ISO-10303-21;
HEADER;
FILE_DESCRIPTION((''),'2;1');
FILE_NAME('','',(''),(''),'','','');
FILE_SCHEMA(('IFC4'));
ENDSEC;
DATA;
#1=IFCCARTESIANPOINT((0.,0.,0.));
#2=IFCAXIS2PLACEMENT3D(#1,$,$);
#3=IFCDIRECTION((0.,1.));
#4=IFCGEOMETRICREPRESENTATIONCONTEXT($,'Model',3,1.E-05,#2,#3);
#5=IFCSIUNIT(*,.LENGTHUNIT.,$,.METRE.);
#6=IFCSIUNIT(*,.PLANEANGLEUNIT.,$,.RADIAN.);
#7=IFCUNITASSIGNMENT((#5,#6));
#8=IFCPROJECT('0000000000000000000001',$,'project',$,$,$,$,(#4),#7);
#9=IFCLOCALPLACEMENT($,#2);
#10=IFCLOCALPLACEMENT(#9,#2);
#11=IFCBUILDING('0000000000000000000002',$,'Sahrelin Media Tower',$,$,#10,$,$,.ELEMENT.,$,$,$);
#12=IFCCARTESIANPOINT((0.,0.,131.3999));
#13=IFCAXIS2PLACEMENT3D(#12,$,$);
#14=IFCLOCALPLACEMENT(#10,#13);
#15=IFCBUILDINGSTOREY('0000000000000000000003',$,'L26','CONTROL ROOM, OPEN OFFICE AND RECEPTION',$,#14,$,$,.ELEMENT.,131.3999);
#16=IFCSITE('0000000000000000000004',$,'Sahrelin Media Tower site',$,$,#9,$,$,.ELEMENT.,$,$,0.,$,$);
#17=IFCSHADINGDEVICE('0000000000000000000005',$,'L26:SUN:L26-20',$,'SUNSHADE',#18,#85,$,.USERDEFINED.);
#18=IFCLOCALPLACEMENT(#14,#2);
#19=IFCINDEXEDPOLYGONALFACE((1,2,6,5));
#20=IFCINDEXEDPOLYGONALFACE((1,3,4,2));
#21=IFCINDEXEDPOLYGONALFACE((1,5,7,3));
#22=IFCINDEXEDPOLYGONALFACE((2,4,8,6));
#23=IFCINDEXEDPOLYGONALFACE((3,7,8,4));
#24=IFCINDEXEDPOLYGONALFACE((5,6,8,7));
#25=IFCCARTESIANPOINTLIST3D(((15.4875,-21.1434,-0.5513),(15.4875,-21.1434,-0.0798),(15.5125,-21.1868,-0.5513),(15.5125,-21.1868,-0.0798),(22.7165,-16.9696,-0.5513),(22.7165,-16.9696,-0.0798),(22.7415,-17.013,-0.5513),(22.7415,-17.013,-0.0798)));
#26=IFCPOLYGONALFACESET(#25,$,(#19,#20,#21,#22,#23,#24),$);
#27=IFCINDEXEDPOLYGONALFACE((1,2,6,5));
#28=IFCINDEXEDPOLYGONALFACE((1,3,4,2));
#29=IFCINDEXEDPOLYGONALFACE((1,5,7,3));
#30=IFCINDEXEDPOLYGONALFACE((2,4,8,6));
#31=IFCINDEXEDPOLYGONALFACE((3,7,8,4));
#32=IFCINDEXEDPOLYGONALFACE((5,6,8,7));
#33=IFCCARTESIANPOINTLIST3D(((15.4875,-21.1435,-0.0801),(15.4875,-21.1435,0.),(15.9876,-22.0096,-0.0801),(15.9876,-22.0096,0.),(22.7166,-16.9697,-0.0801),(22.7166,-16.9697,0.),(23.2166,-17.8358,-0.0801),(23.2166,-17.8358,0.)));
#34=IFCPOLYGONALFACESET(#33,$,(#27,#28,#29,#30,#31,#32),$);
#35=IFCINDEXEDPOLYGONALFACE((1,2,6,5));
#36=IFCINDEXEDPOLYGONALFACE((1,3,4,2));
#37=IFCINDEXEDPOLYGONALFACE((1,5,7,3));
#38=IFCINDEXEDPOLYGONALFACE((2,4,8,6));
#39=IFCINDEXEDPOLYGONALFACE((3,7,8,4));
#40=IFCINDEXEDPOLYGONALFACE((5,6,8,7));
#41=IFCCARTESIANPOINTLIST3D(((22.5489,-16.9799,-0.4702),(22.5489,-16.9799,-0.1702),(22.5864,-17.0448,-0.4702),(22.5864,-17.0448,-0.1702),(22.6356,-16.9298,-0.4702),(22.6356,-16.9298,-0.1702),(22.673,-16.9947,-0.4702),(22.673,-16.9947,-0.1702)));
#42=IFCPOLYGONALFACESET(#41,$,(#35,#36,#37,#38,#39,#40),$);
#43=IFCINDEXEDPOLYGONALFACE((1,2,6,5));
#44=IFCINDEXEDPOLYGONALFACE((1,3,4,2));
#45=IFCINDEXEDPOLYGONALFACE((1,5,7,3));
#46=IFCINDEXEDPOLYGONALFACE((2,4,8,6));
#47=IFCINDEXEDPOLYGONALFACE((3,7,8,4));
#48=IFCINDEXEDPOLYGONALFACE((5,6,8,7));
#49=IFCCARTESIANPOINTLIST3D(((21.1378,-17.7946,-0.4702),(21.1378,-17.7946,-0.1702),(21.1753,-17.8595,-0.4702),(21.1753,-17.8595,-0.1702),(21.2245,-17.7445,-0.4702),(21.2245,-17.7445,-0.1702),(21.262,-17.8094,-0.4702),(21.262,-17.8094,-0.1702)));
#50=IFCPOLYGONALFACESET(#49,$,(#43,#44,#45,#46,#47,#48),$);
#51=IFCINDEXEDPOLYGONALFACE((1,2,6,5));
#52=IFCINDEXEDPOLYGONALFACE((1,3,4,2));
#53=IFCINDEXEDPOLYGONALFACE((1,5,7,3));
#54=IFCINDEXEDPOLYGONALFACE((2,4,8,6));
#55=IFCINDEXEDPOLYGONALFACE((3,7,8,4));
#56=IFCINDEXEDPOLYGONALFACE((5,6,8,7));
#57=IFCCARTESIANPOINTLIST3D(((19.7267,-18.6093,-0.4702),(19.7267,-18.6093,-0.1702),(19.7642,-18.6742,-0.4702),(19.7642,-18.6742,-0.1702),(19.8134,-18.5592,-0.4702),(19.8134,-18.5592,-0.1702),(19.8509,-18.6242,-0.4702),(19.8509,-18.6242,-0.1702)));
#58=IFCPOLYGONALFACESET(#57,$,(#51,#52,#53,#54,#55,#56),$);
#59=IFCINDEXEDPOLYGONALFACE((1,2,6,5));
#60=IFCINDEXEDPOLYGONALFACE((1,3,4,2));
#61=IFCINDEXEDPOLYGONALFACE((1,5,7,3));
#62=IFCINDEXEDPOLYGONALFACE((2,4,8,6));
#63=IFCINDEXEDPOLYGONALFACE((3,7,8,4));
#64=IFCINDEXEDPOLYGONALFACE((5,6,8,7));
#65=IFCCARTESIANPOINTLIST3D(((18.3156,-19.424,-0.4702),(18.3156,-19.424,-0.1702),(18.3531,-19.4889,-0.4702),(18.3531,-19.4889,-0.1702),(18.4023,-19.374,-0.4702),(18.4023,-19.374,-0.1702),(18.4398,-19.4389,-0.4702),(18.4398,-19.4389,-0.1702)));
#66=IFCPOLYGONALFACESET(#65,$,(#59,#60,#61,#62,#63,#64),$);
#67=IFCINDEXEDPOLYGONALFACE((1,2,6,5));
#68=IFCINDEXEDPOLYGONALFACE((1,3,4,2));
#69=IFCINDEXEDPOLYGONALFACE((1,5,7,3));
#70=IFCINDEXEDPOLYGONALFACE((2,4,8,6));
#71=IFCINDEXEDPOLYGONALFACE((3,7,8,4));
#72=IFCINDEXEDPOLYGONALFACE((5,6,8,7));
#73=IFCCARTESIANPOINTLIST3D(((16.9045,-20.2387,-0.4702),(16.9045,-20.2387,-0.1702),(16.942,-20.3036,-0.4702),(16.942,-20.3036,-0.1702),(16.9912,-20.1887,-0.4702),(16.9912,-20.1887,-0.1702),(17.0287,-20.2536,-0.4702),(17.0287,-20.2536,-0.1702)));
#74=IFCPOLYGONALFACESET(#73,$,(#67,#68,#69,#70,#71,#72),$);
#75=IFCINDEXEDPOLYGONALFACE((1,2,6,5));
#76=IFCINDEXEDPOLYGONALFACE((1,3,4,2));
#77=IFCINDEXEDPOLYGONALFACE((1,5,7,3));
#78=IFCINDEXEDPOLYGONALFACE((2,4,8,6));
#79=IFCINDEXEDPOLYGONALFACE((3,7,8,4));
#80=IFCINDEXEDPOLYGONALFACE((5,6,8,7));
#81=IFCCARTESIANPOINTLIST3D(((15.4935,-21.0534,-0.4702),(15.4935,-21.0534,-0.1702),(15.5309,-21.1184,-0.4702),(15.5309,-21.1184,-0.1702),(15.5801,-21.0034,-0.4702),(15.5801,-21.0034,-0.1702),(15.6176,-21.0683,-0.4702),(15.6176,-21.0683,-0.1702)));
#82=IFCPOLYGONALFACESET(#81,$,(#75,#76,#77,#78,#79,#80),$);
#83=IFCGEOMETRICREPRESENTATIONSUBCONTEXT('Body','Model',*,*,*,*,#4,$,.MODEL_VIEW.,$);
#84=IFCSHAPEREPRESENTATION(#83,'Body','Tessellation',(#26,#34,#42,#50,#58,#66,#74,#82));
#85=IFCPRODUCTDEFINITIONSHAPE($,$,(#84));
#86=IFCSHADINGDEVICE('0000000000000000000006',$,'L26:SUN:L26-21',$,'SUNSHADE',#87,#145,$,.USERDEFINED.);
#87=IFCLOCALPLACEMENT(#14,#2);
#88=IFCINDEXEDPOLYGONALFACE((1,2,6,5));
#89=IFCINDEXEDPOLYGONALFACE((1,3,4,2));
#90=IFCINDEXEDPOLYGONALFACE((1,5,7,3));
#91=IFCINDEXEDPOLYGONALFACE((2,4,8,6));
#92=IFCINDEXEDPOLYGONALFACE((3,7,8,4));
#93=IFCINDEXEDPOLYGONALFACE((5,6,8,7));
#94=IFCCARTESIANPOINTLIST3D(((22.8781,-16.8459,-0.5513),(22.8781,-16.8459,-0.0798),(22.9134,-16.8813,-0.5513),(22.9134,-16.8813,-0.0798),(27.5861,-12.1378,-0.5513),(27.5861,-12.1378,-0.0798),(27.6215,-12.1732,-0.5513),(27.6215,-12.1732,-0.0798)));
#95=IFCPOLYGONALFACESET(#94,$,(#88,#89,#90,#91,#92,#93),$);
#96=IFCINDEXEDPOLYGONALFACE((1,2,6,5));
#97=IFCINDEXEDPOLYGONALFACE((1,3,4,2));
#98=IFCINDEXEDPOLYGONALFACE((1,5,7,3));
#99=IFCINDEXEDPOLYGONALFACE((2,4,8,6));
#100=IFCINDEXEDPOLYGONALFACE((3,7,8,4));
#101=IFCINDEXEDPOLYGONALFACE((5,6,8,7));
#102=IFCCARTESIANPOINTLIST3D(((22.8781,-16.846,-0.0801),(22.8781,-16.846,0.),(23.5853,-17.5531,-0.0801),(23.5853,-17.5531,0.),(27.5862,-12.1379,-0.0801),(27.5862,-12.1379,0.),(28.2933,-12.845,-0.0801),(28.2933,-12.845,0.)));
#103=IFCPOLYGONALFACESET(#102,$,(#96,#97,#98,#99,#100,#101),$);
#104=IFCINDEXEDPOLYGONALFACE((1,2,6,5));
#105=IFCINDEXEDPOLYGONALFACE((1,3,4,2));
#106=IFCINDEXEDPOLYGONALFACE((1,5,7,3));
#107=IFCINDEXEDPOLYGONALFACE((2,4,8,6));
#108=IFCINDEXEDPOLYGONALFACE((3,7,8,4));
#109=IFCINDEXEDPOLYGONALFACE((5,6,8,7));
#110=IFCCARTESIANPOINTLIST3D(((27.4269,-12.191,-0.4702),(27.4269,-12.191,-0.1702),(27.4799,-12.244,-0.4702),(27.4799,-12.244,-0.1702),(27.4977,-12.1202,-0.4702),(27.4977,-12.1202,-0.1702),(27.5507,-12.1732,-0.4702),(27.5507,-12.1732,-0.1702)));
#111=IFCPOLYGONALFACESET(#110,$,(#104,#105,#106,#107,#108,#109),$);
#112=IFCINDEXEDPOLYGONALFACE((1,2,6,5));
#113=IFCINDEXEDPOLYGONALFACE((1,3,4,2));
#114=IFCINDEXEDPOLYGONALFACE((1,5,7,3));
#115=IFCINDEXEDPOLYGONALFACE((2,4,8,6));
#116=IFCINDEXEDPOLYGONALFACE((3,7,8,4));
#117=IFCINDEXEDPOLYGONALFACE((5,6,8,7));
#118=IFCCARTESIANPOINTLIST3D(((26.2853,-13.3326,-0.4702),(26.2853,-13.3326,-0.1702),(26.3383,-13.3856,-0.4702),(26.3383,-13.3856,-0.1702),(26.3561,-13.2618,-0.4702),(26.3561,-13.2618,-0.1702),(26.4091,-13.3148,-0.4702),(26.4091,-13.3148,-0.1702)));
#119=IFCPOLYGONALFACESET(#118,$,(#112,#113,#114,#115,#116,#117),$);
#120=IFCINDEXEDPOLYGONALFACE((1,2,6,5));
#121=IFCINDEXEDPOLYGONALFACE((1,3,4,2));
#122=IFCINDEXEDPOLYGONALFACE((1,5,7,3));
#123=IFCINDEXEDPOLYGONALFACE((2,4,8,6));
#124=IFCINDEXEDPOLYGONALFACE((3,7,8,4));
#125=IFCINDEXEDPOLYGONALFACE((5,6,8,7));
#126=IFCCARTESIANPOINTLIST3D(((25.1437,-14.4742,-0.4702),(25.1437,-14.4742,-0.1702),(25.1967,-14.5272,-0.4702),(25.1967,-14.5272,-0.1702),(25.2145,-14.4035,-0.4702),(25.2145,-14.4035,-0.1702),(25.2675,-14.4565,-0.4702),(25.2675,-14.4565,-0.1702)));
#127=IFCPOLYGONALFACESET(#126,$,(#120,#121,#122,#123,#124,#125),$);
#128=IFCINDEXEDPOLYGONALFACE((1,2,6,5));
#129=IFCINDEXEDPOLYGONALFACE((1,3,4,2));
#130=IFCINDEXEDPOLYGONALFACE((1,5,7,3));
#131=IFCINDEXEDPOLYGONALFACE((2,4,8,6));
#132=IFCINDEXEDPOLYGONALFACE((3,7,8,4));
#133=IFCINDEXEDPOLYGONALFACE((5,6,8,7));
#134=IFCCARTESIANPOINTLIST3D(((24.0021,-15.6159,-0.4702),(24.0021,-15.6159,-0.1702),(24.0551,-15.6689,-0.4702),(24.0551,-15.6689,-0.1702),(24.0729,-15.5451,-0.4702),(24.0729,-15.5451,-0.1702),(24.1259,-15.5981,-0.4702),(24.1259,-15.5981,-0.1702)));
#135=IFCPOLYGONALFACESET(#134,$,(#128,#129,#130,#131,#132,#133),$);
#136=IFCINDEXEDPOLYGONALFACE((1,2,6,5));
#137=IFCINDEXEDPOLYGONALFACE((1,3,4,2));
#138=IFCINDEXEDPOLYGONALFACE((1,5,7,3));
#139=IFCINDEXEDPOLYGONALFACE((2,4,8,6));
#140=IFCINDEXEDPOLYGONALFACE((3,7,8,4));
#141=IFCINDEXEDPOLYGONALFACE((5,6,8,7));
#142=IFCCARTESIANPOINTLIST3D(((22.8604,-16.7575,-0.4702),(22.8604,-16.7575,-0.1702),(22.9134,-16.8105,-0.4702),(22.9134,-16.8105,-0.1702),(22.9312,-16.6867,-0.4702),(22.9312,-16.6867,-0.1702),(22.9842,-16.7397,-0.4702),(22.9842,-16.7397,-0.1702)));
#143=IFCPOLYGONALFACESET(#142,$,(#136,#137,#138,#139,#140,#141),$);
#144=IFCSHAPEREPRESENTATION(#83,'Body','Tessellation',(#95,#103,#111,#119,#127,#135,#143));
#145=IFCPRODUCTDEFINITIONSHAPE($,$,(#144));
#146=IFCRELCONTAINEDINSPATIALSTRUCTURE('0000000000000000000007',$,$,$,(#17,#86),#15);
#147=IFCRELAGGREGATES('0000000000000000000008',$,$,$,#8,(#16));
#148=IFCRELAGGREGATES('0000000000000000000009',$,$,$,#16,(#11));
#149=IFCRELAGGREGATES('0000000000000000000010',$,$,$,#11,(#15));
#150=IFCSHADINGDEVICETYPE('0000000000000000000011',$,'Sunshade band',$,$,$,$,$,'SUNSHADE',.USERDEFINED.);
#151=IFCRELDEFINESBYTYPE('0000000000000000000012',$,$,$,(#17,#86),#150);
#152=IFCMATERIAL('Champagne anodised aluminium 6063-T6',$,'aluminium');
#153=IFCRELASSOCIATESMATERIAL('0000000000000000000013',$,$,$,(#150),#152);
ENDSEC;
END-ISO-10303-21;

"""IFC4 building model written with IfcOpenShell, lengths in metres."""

from ifc_helpers import new_model, si_unit, direction, frame, origin, origin_2d, place, context, subcontext, project, spatial, rectangle, extrude, material, type_object, element, save


model = new_model("IFC4")

# Units and contexts
model_context = context("Model", 3, precision=1e-05, world=origin(), true_north=direction((0.0, 1.0)))
body_context = subcontext(model_context, "Body", "Model", "MODEL_VIEW")
ifc_project = project(units=[si_unit("LENGTHUNIT", "METRE"), si_unit("PLANEANGLEUNIT", "RADIAN")], contexts=[model_context])

# Site, building, storey
site_placement = place(None, origin())
site = spatial("IfcSite", under=ifc_project, at=site_placement, Name="Sahrelin Media Tower site", CompositionType="ELEMENT", RefElevation=0.0)
building_placement = place(site_placement, origin())
building = spatial("IfcBuilding", under=site, at=building_placement, Name="Sahrelin Media Tower", CompositionType="ELEMENT")
storey_placement = place(building_placement, frame((0.0, 0.0, 131.3999)))
storey = spatial("IfcBuildingStorey", under=building, at=storey_placement, Name="L26", Description="CONTROL ROOM, OPEN OFFICE AND RECEPTION", CompositionType="ELEMENT", Elevation=131.3999)

# Shared definitions
ifc_material_1 = material(Name="Champagne anodised aluminium 6063-T6", Category="aluminium")

# Shading devices
placement_1 = place(storey_placement, frame((19.092, -19.0393, 0.0), z_axis=(0.0, 0.0, 1.0), x_axis=(-0.866019, -0.500011, 0.0)))
placement_2 = place(storey_placement, frame((25.218, -14.4778, 0.0), z_axis=(0.0, 0.0, 1.0), x_axis=(-0.707107, -0.707107, 0.0)))
shading_device_type_1 = type_object("IfcShadingDeviceType", Name="Sunshade band", ElementType="SUNSHADE", PredefinedType="USERDEFINED", material=ifc_material_1)
element("IfcShadingDevice", 1, at=placement_1, inside=storey, type_object=shading_device_type_1, Name="L26:SUN:L26-20", ObjectType="SUNSHADE", PredefinedType="USERDEFINED", context=body_context, shape_type="SweptSolid", body=[
    extrude(rectangle(XDim=8.3474, YDim=0.05, at=origin_2d()), frame((0.0, 0.0449, -0.5513)), (0.0, 0.0, 1.0), 0.4714),
    extrude(rectangle(XDim=8.3474, YDim=1.0, at=origin_2d()), frame((0.0, 0.52, -0.0801)), (0.0, 0.0, 1.0), 0.0801),
    extrude(rectangle(XDim=0.1001, YDim=0.075, at=origin_2d()), frame((-4.0735, -0.0176, -0.4702)), (0.0, 0.0, 1.0), 0.3),
    extrude(rectangle(XDim=0.1001, YDim=0.075, at=origin_2d()), frame((-2.4441, -0.0176, -0.4702)), (0.0, 0.0, 1.0), 0.3),
    extrude(rectangle(XDim=0.1001, YDim=0.075, at=origin_2d()), frame((-0.8147, -0.0176, -0.4702)), (0.0, 0.0, 1.0), 0.3),
    extrude(rectangle(XDim=0.1001, YDim=0.075, at=origin_2d()), frame((0.8147, -0.0176, -0.4702)), (0.0, 0.0, 1.0), 0.3),
    extrude(rectangle(XDim=0.1001, YDim=0.075, at=origin_2d()), frame((2.4441, -0.0176, -0.4702)), (0.0, 0.0, 1.0), 0.3),
    extrude(rectangle(XDim=0.1001, YDim=0.075, at=origin_2d()), frame((4.0735, -0.0176, -0.4702)), (0.0, 0.0, 1.0), 0.3),
])
element("IfcShadingDevice", 2, at=placement_2, inside=storey, type_object=shading_device_type_1, Name="L26:SUN:L26-21", ObjectType="SUNSHADE", PredefinedType="USERDEFINED", context=body_context, shape_type="SweptSolid", body=[
    extrude(rectangle(XDim=6.6582, YDim=0.05, at=origin_2d()), frame((0.0, 0.0449, -0.5513)), (0.0, 0.0, 1.0), 0.4714),
    extrude(rectangle(XDim=6.6582, YDim=1.0, at=origin_2d()), frame((0.0, 0.52, -0.0801)), (0.0, 0.0, 1.0), 0.0801),
    extrude(rectangle(XDim=0.1001, YDim=0.075, at=origin_2d()), frame((-3.229, -0.0176, -0.4702)), (0.0, 0.0, 1.0), 0.3),
    extrude(rectangle(XDim=0.1001, YDim=0.075, at=origin_2d()), frame((-1.6145, -0.0176, -0.4702)), (0.0, 0.0, 1.0), 0.3),
    extrude(rectangle(XDim=0.1001, YDim=0.075, at=origin_2d()), frame((0.0, -0.0176, -0.4702)), (0.0, 0.0, 1.0), 0.3),
    extrude(rectangle(XDim=0.1001, YDim=0.075, at=origin_2d()), frame((1.6145, -0.0176, -0.4702)), (0.0, 0.0, 1.0), 0.3),
    extrude(rectangle(XDim=0.1001, YDim=0.075, at=origin_2d()), frame((3.229, -0.0176, -0.4702)), (0.0, 0.0, 1.0), 0.3),
])

save(model, "model.ifc")
